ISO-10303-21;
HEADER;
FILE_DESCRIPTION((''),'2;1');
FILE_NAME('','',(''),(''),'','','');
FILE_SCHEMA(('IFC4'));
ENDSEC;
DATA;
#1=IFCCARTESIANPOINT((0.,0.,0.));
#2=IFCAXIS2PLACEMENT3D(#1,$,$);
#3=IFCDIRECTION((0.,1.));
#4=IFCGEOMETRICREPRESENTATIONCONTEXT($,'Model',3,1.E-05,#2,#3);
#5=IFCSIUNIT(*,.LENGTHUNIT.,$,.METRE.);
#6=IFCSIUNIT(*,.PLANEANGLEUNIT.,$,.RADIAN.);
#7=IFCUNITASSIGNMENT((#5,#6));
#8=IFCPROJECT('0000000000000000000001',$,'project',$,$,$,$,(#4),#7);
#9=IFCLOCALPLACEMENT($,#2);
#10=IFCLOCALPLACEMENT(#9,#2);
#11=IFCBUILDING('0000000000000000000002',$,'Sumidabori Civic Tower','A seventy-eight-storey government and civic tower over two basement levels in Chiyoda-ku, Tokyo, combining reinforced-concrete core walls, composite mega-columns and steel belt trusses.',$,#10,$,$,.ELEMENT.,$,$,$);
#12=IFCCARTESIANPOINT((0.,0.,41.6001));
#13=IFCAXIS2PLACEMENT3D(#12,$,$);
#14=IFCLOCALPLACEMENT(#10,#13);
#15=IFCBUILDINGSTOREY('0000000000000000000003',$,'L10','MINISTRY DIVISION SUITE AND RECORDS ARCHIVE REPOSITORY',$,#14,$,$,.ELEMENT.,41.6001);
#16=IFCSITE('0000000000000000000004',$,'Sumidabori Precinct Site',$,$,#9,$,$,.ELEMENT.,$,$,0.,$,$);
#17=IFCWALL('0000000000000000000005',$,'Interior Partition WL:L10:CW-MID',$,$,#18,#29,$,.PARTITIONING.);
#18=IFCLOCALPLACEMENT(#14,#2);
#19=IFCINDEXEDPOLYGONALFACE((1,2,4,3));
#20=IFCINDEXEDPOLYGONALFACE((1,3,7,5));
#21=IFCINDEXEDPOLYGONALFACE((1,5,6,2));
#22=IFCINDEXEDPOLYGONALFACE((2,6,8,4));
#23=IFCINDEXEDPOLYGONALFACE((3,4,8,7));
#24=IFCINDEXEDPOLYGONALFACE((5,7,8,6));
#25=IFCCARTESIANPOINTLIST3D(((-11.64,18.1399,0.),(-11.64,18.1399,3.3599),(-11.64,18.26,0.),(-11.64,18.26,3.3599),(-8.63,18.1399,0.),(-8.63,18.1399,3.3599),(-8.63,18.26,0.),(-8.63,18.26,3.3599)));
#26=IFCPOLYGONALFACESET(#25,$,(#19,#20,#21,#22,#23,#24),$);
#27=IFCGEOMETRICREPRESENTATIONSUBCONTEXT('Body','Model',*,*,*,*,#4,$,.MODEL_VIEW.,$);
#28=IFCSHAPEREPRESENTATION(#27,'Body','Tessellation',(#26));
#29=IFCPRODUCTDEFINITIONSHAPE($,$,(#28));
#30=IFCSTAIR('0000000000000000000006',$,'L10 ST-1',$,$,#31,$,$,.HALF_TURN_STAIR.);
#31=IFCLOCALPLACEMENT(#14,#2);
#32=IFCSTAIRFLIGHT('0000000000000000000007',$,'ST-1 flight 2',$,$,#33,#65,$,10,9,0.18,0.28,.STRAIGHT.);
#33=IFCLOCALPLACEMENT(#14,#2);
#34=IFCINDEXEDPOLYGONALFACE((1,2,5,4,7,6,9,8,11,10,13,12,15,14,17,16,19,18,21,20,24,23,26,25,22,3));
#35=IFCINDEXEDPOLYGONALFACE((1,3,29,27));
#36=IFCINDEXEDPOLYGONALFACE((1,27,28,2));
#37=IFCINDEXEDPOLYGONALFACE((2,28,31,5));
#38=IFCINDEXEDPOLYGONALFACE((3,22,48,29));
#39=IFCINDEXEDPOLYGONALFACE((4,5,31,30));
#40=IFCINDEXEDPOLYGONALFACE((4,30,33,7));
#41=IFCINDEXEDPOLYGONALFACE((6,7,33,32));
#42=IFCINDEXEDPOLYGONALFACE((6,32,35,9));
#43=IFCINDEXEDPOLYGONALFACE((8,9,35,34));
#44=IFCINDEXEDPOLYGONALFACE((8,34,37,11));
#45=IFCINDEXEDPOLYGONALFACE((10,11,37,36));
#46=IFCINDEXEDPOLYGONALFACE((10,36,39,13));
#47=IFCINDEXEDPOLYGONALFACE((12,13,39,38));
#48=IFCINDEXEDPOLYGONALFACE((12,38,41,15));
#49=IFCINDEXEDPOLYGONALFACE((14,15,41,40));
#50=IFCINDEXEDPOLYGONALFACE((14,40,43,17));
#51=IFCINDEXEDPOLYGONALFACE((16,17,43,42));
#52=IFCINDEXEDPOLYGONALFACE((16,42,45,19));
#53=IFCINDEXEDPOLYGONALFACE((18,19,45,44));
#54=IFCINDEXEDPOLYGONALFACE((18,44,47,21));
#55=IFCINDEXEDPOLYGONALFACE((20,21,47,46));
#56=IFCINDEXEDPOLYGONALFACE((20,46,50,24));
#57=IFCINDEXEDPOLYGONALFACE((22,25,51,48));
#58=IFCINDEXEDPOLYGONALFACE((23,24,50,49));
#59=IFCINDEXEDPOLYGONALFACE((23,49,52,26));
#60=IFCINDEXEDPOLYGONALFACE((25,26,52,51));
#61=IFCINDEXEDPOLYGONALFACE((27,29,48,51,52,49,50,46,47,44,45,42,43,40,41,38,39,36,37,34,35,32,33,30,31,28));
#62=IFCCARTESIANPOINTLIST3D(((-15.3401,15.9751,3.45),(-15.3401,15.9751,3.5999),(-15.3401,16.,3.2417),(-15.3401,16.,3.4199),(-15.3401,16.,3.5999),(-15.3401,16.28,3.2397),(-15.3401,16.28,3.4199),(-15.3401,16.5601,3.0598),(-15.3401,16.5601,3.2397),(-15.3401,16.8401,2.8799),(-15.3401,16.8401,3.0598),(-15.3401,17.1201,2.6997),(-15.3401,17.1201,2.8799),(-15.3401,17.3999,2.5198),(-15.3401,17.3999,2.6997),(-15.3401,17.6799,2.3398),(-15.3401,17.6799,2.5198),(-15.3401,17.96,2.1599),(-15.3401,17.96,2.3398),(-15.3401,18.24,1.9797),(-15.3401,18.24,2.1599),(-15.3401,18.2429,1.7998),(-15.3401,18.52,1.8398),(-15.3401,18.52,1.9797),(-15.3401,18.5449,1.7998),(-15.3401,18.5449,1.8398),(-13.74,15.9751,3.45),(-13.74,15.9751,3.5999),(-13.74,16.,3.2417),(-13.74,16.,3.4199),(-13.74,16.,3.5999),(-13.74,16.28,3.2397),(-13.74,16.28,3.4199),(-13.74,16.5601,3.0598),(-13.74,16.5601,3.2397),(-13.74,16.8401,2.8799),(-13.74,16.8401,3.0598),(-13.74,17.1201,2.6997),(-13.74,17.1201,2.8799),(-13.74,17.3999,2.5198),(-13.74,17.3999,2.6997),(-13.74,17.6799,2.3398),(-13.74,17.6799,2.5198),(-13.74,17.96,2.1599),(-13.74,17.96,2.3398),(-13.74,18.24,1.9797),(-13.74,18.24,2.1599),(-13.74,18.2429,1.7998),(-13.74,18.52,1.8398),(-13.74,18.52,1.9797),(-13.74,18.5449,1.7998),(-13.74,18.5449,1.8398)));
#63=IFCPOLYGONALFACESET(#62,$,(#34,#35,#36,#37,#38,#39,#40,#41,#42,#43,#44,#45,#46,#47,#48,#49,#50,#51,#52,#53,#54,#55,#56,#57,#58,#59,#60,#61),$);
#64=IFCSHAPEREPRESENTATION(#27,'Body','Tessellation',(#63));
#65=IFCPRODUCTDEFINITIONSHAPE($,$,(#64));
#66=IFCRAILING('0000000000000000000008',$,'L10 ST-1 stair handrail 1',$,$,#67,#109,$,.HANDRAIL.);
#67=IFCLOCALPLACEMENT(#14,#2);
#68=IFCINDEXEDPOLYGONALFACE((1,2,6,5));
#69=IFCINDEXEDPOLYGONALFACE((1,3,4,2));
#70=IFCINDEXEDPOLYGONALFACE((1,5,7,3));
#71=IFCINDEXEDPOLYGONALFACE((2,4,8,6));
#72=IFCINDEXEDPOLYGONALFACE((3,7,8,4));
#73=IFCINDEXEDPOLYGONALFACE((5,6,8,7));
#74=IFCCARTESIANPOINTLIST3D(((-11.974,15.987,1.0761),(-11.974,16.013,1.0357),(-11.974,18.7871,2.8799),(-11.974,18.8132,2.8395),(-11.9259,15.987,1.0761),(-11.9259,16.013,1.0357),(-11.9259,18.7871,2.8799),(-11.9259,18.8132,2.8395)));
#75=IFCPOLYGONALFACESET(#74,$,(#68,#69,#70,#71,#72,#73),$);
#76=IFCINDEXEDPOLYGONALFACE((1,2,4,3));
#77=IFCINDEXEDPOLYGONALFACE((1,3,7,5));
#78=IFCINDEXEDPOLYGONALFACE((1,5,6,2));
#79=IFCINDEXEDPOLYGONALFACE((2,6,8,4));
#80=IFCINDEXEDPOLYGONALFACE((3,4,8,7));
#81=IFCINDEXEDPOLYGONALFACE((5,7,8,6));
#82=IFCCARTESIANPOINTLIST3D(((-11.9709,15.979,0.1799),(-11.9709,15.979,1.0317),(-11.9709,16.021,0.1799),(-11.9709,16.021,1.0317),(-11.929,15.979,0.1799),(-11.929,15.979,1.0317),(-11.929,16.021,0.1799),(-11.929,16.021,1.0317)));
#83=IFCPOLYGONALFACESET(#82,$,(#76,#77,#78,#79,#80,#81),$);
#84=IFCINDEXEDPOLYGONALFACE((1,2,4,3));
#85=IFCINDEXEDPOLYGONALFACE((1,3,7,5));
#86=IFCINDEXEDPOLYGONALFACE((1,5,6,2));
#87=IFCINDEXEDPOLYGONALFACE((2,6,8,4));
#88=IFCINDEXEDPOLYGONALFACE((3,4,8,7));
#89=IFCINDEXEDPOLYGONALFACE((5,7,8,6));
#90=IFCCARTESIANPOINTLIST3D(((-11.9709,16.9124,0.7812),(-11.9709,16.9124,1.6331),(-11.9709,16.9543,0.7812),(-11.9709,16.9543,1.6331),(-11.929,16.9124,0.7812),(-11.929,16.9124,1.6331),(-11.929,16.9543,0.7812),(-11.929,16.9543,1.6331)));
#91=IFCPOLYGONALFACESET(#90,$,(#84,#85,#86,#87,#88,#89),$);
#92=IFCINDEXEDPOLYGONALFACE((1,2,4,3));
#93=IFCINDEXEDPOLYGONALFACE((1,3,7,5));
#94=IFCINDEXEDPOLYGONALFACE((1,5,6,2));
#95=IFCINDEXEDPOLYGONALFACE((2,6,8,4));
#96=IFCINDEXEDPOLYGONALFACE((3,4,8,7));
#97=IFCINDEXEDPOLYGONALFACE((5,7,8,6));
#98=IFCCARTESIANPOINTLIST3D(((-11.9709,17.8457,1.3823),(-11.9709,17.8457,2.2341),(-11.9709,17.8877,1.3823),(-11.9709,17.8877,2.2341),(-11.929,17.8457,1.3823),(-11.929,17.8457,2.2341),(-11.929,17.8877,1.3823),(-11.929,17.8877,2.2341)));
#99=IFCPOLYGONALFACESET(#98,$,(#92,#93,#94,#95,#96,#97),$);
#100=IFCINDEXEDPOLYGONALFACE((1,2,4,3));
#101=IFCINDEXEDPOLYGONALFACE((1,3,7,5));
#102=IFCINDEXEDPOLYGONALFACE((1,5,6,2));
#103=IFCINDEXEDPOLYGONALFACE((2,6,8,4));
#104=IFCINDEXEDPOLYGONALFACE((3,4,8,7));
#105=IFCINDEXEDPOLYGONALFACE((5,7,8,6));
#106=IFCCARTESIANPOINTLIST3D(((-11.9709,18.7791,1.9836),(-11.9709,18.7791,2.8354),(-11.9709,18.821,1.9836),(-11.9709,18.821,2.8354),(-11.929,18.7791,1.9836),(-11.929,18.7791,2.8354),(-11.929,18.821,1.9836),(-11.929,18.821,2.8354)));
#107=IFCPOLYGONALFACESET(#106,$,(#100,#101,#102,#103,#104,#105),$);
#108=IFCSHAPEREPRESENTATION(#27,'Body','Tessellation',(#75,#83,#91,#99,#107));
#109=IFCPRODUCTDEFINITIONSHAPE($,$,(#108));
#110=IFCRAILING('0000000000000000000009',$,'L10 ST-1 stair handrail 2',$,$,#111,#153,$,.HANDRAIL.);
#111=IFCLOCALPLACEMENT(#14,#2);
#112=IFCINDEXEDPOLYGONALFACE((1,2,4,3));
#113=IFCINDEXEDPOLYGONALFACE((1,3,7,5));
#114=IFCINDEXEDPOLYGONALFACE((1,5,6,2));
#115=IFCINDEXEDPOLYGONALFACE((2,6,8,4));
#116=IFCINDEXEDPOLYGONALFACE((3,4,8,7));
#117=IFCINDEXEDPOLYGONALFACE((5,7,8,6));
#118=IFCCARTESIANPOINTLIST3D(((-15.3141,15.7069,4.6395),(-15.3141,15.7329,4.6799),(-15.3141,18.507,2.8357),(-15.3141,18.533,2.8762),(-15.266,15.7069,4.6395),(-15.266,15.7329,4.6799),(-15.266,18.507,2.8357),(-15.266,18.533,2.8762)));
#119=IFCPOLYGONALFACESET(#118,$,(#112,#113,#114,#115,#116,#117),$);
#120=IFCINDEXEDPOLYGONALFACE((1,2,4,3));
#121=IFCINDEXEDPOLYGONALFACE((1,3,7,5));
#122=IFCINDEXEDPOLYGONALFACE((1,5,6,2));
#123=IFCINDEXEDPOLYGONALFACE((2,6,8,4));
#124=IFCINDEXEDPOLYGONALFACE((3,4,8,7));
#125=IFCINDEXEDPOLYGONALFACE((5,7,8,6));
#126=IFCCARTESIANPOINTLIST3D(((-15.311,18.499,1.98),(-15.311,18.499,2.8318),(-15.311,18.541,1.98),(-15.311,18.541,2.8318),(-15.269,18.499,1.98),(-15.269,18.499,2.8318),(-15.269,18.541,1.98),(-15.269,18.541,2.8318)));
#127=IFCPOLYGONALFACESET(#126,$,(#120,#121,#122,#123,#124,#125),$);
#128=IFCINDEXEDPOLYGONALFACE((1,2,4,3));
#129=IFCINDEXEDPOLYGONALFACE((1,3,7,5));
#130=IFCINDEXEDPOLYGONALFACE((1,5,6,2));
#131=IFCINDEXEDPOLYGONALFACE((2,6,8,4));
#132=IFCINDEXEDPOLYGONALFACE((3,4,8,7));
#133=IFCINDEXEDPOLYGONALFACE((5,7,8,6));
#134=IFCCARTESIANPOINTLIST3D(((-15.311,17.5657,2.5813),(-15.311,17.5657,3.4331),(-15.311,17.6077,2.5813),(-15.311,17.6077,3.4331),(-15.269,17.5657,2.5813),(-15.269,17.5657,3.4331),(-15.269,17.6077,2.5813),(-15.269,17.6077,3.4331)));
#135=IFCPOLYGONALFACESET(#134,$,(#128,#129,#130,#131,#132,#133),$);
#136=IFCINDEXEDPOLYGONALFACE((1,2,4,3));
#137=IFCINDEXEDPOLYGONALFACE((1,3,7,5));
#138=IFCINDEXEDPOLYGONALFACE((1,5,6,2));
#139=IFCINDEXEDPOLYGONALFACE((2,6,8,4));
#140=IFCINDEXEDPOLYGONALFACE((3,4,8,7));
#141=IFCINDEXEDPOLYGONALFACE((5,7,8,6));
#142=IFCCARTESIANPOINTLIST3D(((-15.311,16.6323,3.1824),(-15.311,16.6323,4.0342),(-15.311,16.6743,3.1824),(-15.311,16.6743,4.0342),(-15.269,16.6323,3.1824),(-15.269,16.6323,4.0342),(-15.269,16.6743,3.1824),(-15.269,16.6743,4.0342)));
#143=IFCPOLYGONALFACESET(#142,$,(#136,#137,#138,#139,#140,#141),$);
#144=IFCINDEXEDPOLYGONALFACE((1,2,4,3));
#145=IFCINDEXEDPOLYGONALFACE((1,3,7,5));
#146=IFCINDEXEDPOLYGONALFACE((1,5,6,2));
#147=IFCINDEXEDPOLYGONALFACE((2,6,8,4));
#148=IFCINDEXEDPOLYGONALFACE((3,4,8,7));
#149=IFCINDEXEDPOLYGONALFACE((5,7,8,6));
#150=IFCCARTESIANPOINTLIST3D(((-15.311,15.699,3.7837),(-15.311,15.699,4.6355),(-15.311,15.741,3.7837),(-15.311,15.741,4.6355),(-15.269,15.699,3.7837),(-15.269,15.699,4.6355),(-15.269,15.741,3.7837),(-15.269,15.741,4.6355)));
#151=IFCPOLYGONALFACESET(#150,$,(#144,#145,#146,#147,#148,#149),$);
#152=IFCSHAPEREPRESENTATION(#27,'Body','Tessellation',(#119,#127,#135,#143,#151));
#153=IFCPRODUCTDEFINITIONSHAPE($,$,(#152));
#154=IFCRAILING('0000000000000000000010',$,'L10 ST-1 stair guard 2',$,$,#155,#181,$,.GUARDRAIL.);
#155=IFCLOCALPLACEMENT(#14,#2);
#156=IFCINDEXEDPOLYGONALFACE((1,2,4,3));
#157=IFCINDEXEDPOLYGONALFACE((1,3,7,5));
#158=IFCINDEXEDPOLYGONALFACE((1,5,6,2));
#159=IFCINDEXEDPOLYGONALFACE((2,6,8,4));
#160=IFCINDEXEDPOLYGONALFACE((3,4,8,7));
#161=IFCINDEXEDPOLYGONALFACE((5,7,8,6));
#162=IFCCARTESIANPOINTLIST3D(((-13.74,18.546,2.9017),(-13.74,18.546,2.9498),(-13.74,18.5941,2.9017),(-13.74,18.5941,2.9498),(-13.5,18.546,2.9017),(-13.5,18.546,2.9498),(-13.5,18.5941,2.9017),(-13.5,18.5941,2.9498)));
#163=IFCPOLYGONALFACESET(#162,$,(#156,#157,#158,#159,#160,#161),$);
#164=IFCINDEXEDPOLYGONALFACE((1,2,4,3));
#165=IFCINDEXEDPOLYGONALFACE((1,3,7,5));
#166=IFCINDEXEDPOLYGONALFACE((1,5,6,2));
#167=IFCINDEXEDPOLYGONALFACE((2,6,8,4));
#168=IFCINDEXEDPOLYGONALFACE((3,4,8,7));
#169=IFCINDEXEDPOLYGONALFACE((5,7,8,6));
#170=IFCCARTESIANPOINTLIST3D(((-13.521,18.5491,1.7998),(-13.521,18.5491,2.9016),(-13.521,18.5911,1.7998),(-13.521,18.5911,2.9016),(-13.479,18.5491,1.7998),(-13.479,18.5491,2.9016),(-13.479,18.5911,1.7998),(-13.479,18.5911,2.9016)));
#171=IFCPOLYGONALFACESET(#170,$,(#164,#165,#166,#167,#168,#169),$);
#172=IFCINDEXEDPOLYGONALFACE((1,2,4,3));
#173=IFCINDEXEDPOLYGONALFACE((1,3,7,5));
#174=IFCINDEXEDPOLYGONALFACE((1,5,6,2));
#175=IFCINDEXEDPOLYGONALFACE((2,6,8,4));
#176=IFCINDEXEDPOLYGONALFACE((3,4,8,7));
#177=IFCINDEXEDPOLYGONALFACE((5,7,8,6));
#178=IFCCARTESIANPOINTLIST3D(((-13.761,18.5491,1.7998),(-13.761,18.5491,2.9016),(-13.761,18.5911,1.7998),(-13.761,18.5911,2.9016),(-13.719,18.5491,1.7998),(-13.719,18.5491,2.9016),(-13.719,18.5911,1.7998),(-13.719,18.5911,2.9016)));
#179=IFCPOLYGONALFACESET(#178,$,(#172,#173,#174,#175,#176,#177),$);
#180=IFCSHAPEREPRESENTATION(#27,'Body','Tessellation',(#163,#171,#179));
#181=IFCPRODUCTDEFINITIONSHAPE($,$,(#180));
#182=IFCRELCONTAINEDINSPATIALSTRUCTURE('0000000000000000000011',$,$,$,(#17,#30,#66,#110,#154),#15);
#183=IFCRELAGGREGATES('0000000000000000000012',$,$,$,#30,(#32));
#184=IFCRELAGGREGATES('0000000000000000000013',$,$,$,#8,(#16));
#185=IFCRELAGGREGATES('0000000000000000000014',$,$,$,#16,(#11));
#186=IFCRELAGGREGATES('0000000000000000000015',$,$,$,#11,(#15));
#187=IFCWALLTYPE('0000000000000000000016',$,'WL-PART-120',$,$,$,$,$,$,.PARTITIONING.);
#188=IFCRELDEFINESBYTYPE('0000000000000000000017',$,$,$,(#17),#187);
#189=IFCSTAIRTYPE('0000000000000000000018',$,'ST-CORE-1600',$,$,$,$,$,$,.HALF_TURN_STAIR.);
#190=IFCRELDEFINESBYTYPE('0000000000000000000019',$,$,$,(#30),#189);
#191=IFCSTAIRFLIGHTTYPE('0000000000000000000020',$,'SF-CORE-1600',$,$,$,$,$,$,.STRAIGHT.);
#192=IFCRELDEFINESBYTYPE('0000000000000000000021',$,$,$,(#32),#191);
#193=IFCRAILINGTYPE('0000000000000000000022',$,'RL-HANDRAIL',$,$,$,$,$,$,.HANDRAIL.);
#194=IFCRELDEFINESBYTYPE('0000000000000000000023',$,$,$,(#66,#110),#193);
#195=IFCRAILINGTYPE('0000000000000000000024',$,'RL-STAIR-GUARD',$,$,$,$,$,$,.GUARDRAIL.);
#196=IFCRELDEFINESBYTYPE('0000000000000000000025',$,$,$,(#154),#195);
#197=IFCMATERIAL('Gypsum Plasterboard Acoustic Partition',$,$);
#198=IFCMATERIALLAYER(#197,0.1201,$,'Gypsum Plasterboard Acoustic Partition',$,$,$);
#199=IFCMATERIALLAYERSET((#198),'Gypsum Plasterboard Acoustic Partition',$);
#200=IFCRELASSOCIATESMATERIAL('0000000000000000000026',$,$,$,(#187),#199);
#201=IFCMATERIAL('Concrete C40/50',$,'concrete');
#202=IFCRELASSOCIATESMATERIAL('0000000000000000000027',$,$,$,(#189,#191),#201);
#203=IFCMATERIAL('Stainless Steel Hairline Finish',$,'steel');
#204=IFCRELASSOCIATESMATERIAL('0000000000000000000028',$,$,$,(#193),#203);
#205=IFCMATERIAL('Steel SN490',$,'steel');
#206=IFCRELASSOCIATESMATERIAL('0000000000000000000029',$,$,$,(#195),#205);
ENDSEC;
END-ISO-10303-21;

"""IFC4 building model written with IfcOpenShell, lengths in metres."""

from ifc_helpers import new_model, si_unit, direction, frame, frame_2d, origin, origin_2d, place, context, subcontext, project, spatial, polyline, rectangle, outline, extrude, source, transform, mapped, material, layer, layer_set, type_object, element, aggregate, save


model = new_model("IFC4")

# Units and contexts
model_context = context("Model", 3, precision=1e-05, world=origin(), true_north=direction((0.0, 1.0)))
body_context = subcontext(model_context, "Body", "Model", "MODEL_VIEW")
ifc_project = project(units=[si_unit("LENGTHUNIT", "METRE"), si_unit("PLANEANGLEUNIT", "RADIAN")], contexts=[model_context])

# Site, building, storey
site_placement = place(None, origin())
site = spatial("IfcSite", under=ifc_project, at=site_placement, Name="Sumidabori Precinct Site", CompositionType="ELEMENT", RefElevation=0.0)
building_placement = place(site_placement, origin())
building = spatial("IfcBuilding", under=site, at=building_placement, Name="Sumidabori Civic Tower", Description="A seventy-eight-storey government and civic tower over two basement levels in Chiyoda-ku, Tokyo, combining reinforced-concrete core walls, composite mega-columns and steel belt trusses.", CompositionType="ELEMENT")
storey_placement = place(building_placement, frame((0.0, 0.0, 41.6001)))
storey = spatial("IfcBuildingStorey", under=building, at=storey_placement, Name="L10", Description="MINISTRY DIVISION SUITE AND RECORDS ARCHIVE REPOSITORY", CompositionType="ELEMENT", Elevation=41.6001)

# Shared definitions
ifc_material_1 = material(Name="Gypsum Plasterboard Acoustic Partition")

# Wall
ifc_layer_1 = layer(ifc_material_1, 0.1201, Name="Gypsum Plasterboard Acoustic Partition")
ifc_layer_set_1 = layer_set([ifc_layer_1], Name="Gypsum Plasterboard Acoustic Partition")
wall_type_1 = type_object("IfcWallType", Name="WL-PART-120", PredefinedType="PARTITIONING", material=ifc_layer_set_1)
shared_shape_1 = source(origin(), body_context, "Body", "SweptSolid", [
    extrude(rectangle(XDim=3.01, YDim=0.1201, at=frame_2d((1.5049, 0.0))), origin(), (0.0, 0.0, 1.0), 3.3599),
])
wall_1_placement = place(storey_placement, frame((-11.6399, 18.2, 0.0), z_axis=(0.0, 0.0, 1.0), x_axis=(1.0, 0.0, 0.0)))
element("IfcWall", 1, at=wall_1_placement, inside=storey, type_object=wall_type_1, Name="Interior Partition WL:L10:CW-MID", PredefinedType="PARTITIONING", context=body_context, shape_type="MappedRepresentation", body=[
    mapped(shared_shape_1, transform((0.0, 0.0, 0.0), x_axis=(1.0, 0.0, 0.0), y_axis=(0.0, 1.0, 0.0), z_axis=(0.0, 0.0, 1.0), scale=1.0)),
])

# Stair, stair flight
ifc_material_2 = material(Name="Concrete C40/50", Category="concrete")
stair_type = type_object("IfcStairType", Name="ST-CORE-1600", PredefinedType="HALF_TURN_STAIR", material=ifc_material_2)
stair_placement = place(storey_placement, origin())
stair = element("IfcStair", 2, at=stair_placement, inside=storey, type_object=stair_type, Name="L10 ST-1", PredefinedType="HALF_TURN_STAIR")
stair_flight_type = type_object("IfcStairFlightType", Name="SF-CORE-1600", PredefinedType="STRAIGHT", material=ifc_material_2)
shared_shape_2 = source(origin(), body_context, "Body", "SweptSolid", [
    extrude(outline(polyline([(-0.0249, 0.0), (-0.0249, 0.04), (0.0, 0.04), (0.0, 0.1799), (0.28, 0.1799), (0.28, 0.3601), (0.5601, 0.3601), (0.5601, 0.54), (0.8401, 0.54), (0.8401, 0.72), (1.1201, 0.72), (1.1201, 0.8999), (1.3999, 0.8999), (1.3999, 1.0801), (1.6799, 1.0801), (1.6799, 1.26), (1.96, 1.26), (1.96, 1.4399), (2.24, 1.4399), (2.24, 1.6201), (2.52, 1.6201), (2.52, 1.8), (2.5449, 1.8), (2.5449, 1.6501), (2.52, 1.4419), (0.2771, 0.0), (-0.0249, 0.0)])), frame((0.0, 0.8, 0.0), z_axis=(0.0, -1.0, 0.0), x_axis=(1.0, 0.0, 0.0)), (0.0, 0.0, 1.0), 1.6001),
])
stair_flight_placement = place(storey_placement, frame((-14.54, 18.52, 1.7998), z_axis=(0.0, 0.0, 1.0), x_axis=(0.0, -1.0, 0.0)))
stair_flight = element("IfcStairFlight", 3, at=stair_flight_placement, type_object=stair_flight_type, Name="ST-1 flight 2", NumberOfRisers=10, NumberOfTreads=9, PredefinedType="STRAIGHT", RiserHeight=0.18, TreadLength=0.28, context=body_context, shape_type="MappedRepresentation", body=[
    mapped(shared_shape_2, transform((0.0, 0.0, 0.0), x_axis=(1.0, 0.0, 0.0), y_axis=(0.0, 1.0, 0.0), z_axis=(0.0, 0.0, 1.0), scale=1.0)),
])
aggregate(stair, [stair_flight])

# Railings
ifc_material_3 = material(Name="Stainless Steel Hairline Finish", Category="steel")
railing_type_1 = type_object("IfcRailingType", Name="RL-HANDRAIL", PredefinedType="HANDRAIL", material=ifc_material_3)
railing_1_placement = place(storey_placement, frame((-11.95, 16.0, 0.1799)))
element("IfcRailing", 4, at=railing_1_placement, inside=storey, type_object=railing_type_1, Name="L10 ST-1 stair handrail 1", PredefinedType="HANDRAIL", context=body_context, shape_type="SweptSolid", body=[
    extrude(rectangle(XDim=0.0481, YDim=0.0481, at=origin_2d()), frame((0.0, 0.0, 0.876), z_axis=(0.0, 0.840676, 0.541539), x_axis=(-1.0, 0.0, 0.0)), (0.0, 0.0, 1.0), 3.3308),
    extrude(rectangle(XDim=0.042, YDim=0.042, at=origin_2d()), origin(), (0.0, 0.0, 1.0), 0.8518),
    extrude(rectangle(XDim=0.042, YDim=0.042, at=origin_2d()), frame((0.0, 0.9333, 0.6013)), (0.0, 0.0, 1.0), 0.8518),
    extrude(rectangle(XDim=0.042, YDim=0.042, at=origin_2d()), frame((0.0, 1.8667, 1.2024)), (0.0, 0.0, 1.0), 0.8518),
    extrude(rectangle(XDim=0.042, YDim=0.042, at=origin_2d()), frame((0.0, 2.8, 1.8037)), (0.0, 0.0, 1.0), 0.8518),
])
railing_2_placement = place(storey_placement, frame((-15.29, 18.52, 1.98)))
element("IfcRailing", 5, at=railing_2_placement, inside=storey, type_object=railing_type_1, Name="L10 ST-1 stair handrail 2", PredefinedType="HANDRAIL", context=body_context, shape_type="SweptSolid", body=[
    extrude(rectangle(XDim=0.0481, YDim=0.0481, at=origin_2d()), frame((0.0, 0.0, 0.876), z_axis=(0.0, -0.840676, 0.541539), x_axis=(1.0, 0.0, 0.0)), (0.0, 0.0, 1.0), 3.3308),
    extrude(rectangle(XDim=0.042, YDim=0.042, at=origin_2d()), origin(), (0.0, 0.0, 1.0), 0.8518),
    extrude(rectangle(XDim=0.042, YDim=0.042, at=origin_2d()), frame((0.0, -0.9333, 0.6013)), (0.0, 0.0, 1.0), 0.8518),
    extrude(rectangle(XDim=0.042, YDim=0.042, at=origin_2d()), frame((0.0, -1.8667, 1.2024)), (0.0, 0.0, 1.0), 0.8518),
    extrude(rectangle(XDim=0.042, YDim=0.042, at=origin_2d()), frame((0.0, -2.8, 1.8037)), (0.0, 0.0, 1.0), 0.8518),
])
ifc_material_4 = material(Name="Steel SN490", Category="steel")
railing_type_2 = type_object("IfcRailingType", Name="RL-STAIR-GUARD", PredefinedType="GUARDRAIL", material=ifc_material_4)
railing_3_placement = place(storey_placement, frame((-13.5, 18.5701, 1.7998)))
element("IfcRailing", 6, at=railing_3_placement, inside=storey, type_object=railing_type_2, Name="L10 ST-1 stair guard 2", PredefinedType="GUARDRAIL", context=body_context, shape_type="SweptSolid", body=[
    extrude(rectangle(XDim=0.0481, YDim=0.0481, at=origin_2d()), frame((0.0, 0.0, 1.126), z_axis=(-1.0, 0.0, 0.0), x_axis=(0.0, -1.0, 0.0)), (0.0, 0.0, 1.0), 0.24),
    extrude(rectangle(XDim=0.042, YDim=0.042, at=origin_2d()), origin(), (0.0, 0.0, 1.0), 1.1018),
    extrude(rectangle(XDim=0.042, YDim=0.042, at=origin_2d()), frame((-0.24, 0.0, 0.0)), (0.0, 0.0, 1.0), 1.1018),
])

save(model, "model.ifc")
